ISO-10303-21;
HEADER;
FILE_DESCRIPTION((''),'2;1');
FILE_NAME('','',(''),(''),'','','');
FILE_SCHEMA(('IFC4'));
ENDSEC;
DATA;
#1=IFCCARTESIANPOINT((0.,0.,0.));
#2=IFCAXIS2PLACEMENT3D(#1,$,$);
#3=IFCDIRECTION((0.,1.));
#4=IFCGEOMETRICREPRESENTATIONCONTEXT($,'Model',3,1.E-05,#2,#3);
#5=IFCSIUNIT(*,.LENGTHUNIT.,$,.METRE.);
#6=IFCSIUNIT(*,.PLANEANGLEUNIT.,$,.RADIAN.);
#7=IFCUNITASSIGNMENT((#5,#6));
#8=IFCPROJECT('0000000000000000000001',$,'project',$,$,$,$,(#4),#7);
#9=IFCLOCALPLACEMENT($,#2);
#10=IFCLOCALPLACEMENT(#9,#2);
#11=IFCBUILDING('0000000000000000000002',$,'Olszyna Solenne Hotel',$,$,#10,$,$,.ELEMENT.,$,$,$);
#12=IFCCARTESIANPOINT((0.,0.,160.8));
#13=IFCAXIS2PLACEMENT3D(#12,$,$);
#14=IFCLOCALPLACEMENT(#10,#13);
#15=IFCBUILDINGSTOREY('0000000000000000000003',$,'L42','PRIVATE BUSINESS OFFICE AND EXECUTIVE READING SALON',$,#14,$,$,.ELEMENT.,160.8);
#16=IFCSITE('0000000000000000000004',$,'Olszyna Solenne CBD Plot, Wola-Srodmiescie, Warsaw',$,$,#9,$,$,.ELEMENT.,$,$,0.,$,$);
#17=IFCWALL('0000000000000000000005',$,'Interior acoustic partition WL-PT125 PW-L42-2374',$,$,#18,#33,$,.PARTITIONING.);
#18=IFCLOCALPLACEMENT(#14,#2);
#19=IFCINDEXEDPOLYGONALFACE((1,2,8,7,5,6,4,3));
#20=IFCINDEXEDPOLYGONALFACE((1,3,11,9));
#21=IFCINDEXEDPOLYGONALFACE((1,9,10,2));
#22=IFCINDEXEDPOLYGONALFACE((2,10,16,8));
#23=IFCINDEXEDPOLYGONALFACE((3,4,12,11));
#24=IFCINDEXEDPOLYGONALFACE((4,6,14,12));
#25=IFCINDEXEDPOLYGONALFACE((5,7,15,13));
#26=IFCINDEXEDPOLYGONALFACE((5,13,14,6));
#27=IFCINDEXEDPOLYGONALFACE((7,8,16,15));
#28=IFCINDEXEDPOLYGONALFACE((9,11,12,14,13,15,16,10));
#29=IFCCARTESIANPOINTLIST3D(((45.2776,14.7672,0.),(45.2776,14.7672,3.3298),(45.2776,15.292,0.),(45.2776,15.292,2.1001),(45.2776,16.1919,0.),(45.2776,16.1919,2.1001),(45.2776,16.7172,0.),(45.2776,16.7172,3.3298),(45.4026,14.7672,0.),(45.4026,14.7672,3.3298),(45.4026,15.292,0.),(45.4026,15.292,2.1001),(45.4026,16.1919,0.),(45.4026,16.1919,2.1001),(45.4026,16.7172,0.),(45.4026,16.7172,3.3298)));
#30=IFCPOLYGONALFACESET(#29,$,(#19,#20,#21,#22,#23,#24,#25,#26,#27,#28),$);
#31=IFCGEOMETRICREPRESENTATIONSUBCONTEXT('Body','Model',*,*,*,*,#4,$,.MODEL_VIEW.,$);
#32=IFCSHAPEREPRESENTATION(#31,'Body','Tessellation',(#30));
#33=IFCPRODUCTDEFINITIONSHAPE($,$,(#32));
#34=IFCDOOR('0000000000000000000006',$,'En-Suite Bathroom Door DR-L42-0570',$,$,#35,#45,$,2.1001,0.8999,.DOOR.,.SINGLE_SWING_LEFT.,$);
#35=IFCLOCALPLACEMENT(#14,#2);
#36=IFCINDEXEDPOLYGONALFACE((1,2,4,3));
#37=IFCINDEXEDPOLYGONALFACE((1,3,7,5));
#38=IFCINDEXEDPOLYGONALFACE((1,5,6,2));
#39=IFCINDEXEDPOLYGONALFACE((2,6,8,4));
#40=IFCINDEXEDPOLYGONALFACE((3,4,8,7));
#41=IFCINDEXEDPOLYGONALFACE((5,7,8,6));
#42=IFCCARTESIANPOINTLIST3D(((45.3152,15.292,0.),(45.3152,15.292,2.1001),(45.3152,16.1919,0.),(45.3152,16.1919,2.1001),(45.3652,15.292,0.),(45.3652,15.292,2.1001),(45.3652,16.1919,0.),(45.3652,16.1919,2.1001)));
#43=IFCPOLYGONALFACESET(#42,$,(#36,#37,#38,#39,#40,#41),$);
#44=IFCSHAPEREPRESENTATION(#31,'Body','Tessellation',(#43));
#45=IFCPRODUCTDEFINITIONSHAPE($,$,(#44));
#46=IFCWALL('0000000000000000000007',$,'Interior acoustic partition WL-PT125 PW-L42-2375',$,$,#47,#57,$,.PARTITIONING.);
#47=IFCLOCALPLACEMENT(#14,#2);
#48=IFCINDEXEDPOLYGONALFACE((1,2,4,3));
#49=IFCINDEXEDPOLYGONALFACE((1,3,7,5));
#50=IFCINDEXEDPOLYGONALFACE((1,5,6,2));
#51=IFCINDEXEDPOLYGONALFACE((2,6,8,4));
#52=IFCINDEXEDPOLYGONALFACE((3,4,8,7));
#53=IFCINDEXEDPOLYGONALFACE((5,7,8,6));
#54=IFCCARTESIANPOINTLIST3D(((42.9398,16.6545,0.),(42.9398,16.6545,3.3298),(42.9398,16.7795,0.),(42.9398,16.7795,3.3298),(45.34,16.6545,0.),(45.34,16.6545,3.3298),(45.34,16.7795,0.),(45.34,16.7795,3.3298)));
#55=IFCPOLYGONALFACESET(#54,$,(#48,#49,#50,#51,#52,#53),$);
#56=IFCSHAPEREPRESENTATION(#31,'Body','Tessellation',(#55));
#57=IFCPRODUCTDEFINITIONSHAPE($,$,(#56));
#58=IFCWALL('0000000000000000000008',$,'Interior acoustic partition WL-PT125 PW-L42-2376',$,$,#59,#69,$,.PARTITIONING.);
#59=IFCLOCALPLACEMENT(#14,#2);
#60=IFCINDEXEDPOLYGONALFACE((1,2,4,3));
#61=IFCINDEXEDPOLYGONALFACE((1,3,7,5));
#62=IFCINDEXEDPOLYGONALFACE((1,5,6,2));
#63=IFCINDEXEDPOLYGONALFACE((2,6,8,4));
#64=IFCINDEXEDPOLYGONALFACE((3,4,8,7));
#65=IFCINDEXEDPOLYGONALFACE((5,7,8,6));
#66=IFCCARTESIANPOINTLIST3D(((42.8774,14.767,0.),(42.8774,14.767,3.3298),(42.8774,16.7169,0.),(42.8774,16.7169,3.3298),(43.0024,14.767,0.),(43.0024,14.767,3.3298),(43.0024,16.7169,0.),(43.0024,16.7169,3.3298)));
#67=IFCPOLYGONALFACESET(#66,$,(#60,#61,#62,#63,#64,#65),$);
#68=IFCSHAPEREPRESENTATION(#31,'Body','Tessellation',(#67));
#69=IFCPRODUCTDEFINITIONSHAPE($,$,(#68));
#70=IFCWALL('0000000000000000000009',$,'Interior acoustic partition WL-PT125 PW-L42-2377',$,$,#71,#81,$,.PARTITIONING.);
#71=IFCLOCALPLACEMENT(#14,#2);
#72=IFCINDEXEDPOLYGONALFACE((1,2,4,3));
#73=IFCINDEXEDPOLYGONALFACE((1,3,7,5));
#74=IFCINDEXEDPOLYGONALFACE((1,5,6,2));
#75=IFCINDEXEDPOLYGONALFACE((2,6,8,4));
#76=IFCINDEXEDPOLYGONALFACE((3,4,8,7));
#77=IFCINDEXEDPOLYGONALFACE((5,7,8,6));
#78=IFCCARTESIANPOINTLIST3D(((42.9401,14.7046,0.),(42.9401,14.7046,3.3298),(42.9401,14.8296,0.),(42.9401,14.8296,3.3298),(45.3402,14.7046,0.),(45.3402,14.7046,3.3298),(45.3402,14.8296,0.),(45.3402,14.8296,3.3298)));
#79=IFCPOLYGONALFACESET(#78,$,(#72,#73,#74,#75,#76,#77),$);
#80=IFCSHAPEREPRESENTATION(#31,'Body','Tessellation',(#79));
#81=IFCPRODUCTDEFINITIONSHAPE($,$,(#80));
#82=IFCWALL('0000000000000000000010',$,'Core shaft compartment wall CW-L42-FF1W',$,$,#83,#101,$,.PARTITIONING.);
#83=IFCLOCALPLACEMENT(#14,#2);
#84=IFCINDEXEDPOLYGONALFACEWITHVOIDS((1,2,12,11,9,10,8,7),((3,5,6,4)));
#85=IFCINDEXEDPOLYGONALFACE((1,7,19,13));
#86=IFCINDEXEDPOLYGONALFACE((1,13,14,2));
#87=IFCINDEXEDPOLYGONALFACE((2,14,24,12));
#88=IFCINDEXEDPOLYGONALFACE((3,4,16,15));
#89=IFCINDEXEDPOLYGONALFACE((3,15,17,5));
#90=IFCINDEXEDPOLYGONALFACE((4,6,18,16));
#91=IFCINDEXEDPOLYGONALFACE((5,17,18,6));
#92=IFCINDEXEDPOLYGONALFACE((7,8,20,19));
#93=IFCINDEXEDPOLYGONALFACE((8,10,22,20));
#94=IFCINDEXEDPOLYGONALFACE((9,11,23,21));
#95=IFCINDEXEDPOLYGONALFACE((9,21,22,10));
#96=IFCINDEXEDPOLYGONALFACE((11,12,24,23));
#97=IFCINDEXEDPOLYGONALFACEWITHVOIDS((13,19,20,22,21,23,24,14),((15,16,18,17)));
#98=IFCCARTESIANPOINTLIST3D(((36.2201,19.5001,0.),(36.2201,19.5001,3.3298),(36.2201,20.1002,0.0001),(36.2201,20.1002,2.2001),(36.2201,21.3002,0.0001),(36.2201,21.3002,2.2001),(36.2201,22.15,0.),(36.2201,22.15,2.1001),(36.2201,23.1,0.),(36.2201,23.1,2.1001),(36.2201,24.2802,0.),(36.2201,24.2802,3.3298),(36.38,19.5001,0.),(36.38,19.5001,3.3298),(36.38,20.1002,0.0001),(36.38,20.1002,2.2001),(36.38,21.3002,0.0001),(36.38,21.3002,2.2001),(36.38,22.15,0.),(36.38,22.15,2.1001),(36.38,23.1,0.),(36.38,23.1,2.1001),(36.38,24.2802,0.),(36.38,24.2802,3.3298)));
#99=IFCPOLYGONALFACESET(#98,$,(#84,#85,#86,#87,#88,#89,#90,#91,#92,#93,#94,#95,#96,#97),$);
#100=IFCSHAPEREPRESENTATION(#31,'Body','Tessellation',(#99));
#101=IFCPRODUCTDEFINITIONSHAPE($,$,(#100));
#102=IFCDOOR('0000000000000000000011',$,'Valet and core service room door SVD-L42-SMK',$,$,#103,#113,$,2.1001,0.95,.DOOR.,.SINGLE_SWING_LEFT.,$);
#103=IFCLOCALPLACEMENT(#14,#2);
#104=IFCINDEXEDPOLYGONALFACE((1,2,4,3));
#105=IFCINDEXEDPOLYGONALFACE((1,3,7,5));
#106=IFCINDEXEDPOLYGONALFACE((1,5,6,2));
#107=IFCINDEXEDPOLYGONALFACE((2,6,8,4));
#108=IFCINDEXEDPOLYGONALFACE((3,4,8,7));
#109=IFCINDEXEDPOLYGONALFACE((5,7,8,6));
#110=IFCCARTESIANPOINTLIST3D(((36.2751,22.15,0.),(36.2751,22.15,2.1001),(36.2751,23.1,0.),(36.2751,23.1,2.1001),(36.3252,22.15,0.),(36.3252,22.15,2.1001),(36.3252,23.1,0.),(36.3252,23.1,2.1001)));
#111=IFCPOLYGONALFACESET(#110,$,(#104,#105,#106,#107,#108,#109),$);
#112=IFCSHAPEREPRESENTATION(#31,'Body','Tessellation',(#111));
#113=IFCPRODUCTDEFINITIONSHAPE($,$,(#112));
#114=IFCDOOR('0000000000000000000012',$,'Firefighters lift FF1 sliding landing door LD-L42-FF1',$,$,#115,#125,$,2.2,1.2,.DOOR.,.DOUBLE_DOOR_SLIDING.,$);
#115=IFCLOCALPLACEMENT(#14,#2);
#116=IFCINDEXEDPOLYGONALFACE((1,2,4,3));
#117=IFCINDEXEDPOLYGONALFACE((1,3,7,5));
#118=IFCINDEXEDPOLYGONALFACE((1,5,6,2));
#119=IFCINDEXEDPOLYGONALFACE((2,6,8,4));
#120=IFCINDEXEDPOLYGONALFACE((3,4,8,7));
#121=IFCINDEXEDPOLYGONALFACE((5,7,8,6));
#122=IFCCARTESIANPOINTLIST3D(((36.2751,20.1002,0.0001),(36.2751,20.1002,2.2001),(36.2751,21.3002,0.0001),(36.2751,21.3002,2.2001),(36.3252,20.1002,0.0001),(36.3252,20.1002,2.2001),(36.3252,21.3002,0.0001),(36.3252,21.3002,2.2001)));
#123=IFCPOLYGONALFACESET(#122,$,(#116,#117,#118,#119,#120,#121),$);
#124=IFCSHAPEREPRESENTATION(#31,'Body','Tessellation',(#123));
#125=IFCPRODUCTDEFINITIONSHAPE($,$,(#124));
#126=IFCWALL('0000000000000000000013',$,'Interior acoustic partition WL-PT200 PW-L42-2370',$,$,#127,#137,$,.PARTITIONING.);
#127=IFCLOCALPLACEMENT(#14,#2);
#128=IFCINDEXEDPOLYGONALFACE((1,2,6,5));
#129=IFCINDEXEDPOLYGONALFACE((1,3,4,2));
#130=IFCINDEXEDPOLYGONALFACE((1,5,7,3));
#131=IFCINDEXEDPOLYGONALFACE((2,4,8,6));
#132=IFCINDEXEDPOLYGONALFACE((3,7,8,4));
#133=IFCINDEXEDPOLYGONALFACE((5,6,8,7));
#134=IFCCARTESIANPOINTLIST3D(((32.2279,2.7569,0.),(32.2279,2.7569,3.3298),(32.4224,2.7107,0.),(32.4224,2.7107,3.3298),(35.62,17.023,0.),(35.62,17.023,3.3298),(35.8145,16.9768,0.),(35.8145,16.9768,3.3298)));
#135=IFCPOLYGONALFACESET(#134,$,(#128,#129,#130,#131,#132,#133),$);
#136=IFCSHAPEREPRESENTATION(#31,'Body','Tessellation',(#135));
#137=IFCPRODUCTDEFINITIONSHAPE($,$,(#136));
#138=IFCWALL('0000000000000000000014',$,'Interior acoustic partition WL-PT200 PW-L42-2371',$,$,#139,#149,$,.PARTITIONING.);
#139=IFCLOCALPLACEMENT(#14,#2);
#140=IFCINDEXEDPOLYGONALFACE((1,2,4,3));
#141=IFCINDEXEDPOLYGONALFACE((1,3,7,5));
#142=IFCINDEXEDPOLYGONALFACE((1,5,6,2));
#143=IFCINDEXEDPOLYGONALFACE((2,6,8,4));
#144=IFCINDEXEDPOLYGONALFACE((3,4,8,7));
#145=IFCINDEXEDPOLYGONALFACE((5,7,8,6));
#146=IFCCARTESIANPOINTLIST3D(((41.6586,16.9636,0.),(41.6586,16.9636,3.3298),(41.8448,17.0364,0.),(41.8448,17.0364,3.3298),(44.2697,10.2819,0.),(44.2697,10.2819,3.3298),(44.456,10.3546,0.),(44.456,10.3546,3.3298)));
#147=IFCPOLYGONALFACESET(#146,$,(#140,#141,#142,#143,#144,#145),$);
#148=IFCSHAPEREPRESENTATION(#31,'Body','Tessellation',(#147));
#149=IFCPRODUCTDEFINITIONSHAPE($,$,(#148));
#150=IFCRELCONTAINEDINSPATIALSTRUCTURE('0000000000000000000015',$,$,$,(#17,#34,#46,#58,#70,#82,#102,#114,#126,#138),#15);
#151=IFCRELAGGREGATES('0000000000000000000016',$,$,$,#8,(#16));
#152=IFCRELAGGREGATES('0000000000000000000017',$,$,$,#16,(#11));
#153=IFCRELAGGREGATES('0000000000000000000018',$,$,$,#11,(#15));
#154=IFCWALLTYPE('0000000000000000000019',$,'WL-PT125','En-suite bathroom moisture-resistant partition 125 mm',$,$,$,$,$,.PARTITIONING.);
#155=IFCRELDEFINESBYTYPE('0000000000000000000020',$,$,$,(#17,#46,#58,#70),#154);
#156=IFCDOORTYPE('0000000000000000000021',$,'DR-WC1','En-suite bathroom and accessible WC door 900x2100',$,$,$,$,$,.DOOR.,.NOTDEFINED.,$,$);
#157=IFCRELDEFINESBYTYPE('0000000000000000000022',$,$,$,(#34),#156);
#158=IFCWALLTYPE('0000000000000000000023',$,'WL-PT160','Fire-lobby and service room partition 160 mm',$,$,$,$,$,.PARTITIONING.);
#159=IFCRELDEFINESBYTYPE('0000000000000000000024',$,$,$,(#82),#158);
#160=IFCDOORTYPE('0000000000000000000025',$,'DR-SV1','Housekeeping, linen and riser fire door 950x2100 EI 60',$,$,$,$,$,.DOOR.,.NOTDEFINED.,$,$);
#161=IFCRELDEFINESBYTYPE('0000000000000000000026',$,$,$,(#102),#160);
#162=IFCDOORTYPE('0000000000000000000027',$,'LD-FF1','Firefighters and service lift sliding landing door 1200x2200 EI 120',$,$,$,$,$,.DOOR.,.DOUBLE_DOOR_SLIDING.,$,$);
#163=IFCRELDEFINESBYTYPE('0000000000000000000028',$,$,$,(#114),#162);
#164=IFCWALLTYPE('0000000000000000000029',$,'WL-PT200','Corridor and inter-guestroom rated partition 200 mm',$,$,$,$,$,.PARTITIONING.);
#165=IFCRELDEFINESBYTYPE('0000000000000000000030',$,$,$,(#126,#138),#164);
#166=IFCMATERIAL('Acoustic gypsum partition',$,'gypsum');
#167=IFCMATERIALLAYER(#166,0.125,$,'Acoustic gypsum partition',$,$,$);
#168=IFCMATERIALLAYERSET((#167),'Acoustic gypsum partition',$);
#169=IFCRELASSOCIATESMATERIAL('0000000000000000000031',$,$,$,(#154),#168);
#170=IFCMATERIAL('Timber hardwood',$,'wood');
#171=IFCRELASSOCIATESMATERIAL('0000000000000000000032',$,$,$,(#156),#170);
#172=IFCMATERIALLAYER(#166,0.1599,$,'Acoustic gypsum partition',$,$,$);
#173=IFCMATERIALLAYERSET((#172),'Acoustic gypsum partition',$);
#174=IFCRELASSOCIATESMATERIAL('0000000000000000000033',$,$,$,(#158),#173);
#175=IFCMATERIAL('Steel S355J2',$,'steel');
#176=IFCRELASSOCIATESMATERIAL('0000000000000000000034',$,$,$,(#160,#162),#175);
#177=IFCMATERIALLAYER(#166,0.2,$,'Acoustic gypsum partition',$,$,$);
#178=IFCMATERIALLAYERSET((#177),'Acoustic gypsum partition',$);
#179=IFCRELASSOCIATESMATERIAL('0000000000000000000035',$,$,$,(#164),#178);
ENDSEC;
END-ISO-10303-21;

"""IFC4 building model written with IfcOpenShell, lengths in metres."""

from ifc_helpers import new_model, si_unit, direction, frame, frame_2d, origin, place, context, subcontext, project, spatial, rectangle, extrude, source, transform, mapped, material, layer, layer_set, type_object, type_shapes, element, fill, save


model = new_model("IFC4")

# Units and contexts
model_context = context("Model", 3, precision=1e-05, world=origin(), true_north=direction((0.0, 1.0)))
body_context = subcontext(model_context, "Body", "Model", "MODEL_VIEW")
ifc_project = project(units=[si_unit("LENGTHUNIT", "METRE"), si_unit("PLANEANGLEUNIT", "RADIAN")], contexts=[model_context])

# Site, building, storey
site_placement = place(None, origin())
site = spatial("IfcSite", under=ifc_project, at=site_placement, Name="Olszyna Solenne CBD Plot, Wola-Srodmiescie, Warsaw", CompositionType="ELEMENT", RefElevation=0.0)
building_placement = place(site_placement, origin())
building = spatial("IfcBuilding", under=site, at=building_placement, Name="Olszyna Solenne Hotel", CompositionType="ELEMENT")
storey_placement = place(building_placement, frame((0.0, 0.0, 160.8)))
storey = spatial("IfcBuildingStorey", under=building, at=storey_placement, Name="L42", Description="PRIVATE BUSINESS OFFICE AND EXECUTIVE READING SALON", CompositionType="ELEMENT", Elevation=160.8)

# Shared definitions
ifc_material_1 = material(Name="Steel S355J2", Category="steel")

# Shared definitions
ifc_material_2 = material(Name="Acoustic gypsum partition", Category="gypsum")
ifc_layer_1 = layer(ifc_material_2, 0.125, Name="Acoustic gypsum partition")
ifc_layer_set_1 = layer_set([ifc_layer_1], Name="Acoustic gypsum partition")
wall_type_1 = type_object("IfcWallType", Name="WL-PT125", Description="En-suite bathroom moisture-resistant partition 125 mm", PredefinedType="PARTITIONING", material=ifc_layer_set_1)

# Wall, opening, door
wall_1_placement = place(storey_placement, frame((45.3401, 14.7671, 0.0), z_axis=(0.0, 0.0, 1.0), x_axis=(0.0, 1.0, 0.0)))
wall_1 = element("IfcWall", 1, at=wall_1_placement, inside=storey, type_object=wall_type_1, Name="Interior acoustic partition WL-PT125 PW-L42-2374", PredefinedType="PARTITIONING", context=body_context, shape_type="SweptSolid", body=[
    extrude(rectangle(XDim=1.95, YDim=0.125, at=frame_2d((0.9751, 0.0))), origin(), (0.0, 0.0, 1.0), 3.3298),
])
opening_1_placement = place(wall_1_placement, frame((0.5249, 0.0, 0.0)))
opening_1 = element("IfcOpeningElement", 2, at=opening_1_placement, cuts=wall_1, PredefinedType="OPENING", context=body_context, shape_type="SweptSolid", body=[
    extrude(rectangle(XDim=0.8999, YDim=2.1001, at=frame_2d((0.45, 1.05))), frame((0.0, 0.0725, 0.0), z_axis=(0.0, -1.0, 0.0), x_axis=(1.0, 0.0, 0.0)), (0.0, 0.0, 1.0), 0.145),
])
ifc_material_3 = material(Name="Timber hardwood", Category="wood")
door_type_1 = type_object("IfcDoorType", Name="DR-WC1", Description="En-suite bathroom and accessible WC door 900x2100", OperationType="NOTDEFINED", PredefinedType="DOOR", material=ifc_material_3)
shared_shape_1 = source(origin(), body_context, "Body", "SweptSolid", [
    extrude(rectangle(XDim=0.8999, YDim=2.1001, at=frame_2d((0.45, 1.05))), frame((0.0, 0.0249, 0.0), z_axis=(0.0, -1.0, 0.0), x_axis=(1.0, 0.0, 0.0)), (0.0, 0.0, 1.0), 0.05),
])
type_shapes(door_type_1, [shared_shape_1])
door_1_placement = place(opening_1_placement, origin())
door_1 = element("IfcDoor", 3, at=door_1_placement, inside=storey, type_object=door_type_1, Name="En-Suite Bathroom Door DR-L42-0570", OperationType="SINGLE_SWING_LEFT", OverallHeight=2.1001, OverallWidth=0.8999, PredefinedType="DOOR", context=body_context, shape_type="MappedRepresentation", body=[
    mapped(shared_shape_1, transform((0.0, 0.0, 0.0), x_axis=(1.0, 0.0, 0.0), y_axis=(0.0, 1.0, 0.0), z_axis=(0.0, 0.0, 1.0), scale=1.0)),
])
fill(opening_1, door_1)

# Walls
wall_2_placement = place(storey_placement, frame((45.3401, 16.717, 0.0), z_axis=(0.0, 0.0, 1.0), x_axis=(-1.0, 0.0, 0.0)))
element("IfcWall", 4, at=wall_2_placement, inside=storey, type_object=wall_type_1, Name="Interior acoustic partition WL-PT125 PW-L42-2375", PredefinedType="PARTITIONING", context=body_context, shape_type="SweptSolid", body=[
    extrude(rectangle(XDim=2.4001, YDim=0.125, at=frame_2d((1.2002, 0.0))), origin(), (0.0, 0.0, 1.0), 3.3298),
])
wall_3_placement = place(storey_placement, frame((42.9399, 16.717, 0.0), z_axis=(0.0, 0.0, 1.0), x_axis=(0.0, -1.0, 0.0)))
element("IfcWall", 5, at=wall_3_placement, inside=storey, type_object=wall_type_1, Name="Interior acoustic partition WL-PT125 PW-L42-2376", PredefinedType="PARTITIONING", context=body_context, shape_type="SweptSolid", body=[
    extrude(rectangle(XDim=1.95, YDim=0.125, at=frame_2d((0.9751, 0.0))), origin(), (0.0, 0.0, 1.0), 3.3298),
])
wall_4_placement = place(storey_placement, frame((42.9399, 14.7671, 0.0), z_axis=(0.0, 0.0, 1.0), x_axis=(1.0, 0.0, 0.0)))
element("IfcWall", 6, at=wall_4_placement, inside=storey, type_object=wall_type_1, Name="Interior acoustic partition WL-PT125 PW-L42-2377", PredefinedType="PARTITIONING", context=body_context, shape_type="SweptSolid", body=[
    extrude(rectangle(XDim=2.4001, YDim=0.125, at=frame_2d((1.2002, 0.0))), origin(), (0.0, 0.0, 1.0), 3.3298),
])

# Wall, openings, doors
ifc_layer_2 = layer(ifc_material_2, 0.1599, Name="Acoustic gypsum partition")
ifc_layer_set_2 = layer_set([ifc_layer_2], Name="Acoustic gypsum partition")
wall_type_2 = type_object("IfcWallType", Name="WL-PT160", Description="Fire-lobby and service room partition 160 mm", PredefinedType="PARTITIONING", material=ifc_layer_set_2)
wall_5_placement = place(storey_placement, frame((36.3, 19.5, 0.0), z_axis=(0.0, 0.0, 1.0), x_axis=(0.0, 1.0, 0.0)))
wall_5 = element("IfcWall", 7, at=wall_5_placement, inside=storey, type_object=wall_type_2, Name="Core shaft compartment wall CW-L42-FF1W", PredefinedType="PARTITIONING", context=body_context, shape_type="SweptSolid", body=[
    extrude(rectangle(XDim=4.78, YDim=0.1599, at=frame_2d((2.3901, 0.0))), origin(), (0.0, 0.0, 1.0), 3.3298),
])
opening_2_placement = place(wall_5_placement, frame((0.6001, 0.0, 0.0)))
opening_2 = element("IfcOpeningElement", 8, at=opening_2_placement, cuts=wall_5, PredefinedType="OPENING", context=body_context, shape_type="SweptSolid", body=[
    extrude(rectangle(XDim=1.2, YDim=2.2, at=frame_2d((0.6001, 1.1001))), frame((0.0, 0.0898, 0.0), z_axis=(0.0, -1.0, 0.0), x_axis=(1.0, 0.0, 0.0)), (0.0, 0.0, 1.0), 0.1799),
])
opening_3_placement = place(wall_5_placement, frame((2.6499, 0.0, 0.0)))
opening_3 = element("IfcOpeningElement", 9, at=opening_3_placement, cuts=wall_5, PredefinedType="OPENING", context=body_context, shape_type="SweptSolid", body=[
    extrude(rectangle(XDim=0.95, YDim=2.1001, at=frame_2d((0.4751, 1.05))), frame((0.0, 0.0898, 0.0), z_axis=(0.0, -1.0, 0.0), x_axis=(1.0, 0.0, 0.0)), (0.0, 0.0, 1.0), 0.1799),
])
door_type_2 = type_object("IfcDoorType", Name="DR-SV1", Description="Housekeeping, linen and riser fire door 950x2100 EI 60", OperationType="NOTDEFINED", PredefinedType="DOOR", material=ifc_material_1)
shared_shape_2 = source(origin(), body_context, "Body", "SweptSolid", [
    extrude(rectangle(XDim=0.95, YDim=2.1001, at=frame_2d((0.4751, 1.05))), frame((0.0, 0.0249, 0.0), z_axis=(0.0, -1.0, 0.0), x_axis=(1.0, 0.0, 0.0)), (0.0, 0.0, 1.0), 0.05),
])
type_shapes(door_type_2, [shared_shape_2])
door_2_placement = place(opening_3_placement, origin())
door_2 = element("IfcDoor", 10, at=door_2_placement, inside=storey, type_object=door_type_2, Name="Valet and core service room door SVD-L42-SMK", OperationType="SINGLE_SWING_LEFT", OverallHeight=2.1001, OverallWidth=0.95, PredefinedType="DOOR", context=body_context, shape_type="MappedRepresentation", body=[
    mapped(shared_shape_2, transform((0.0, 0.0, 0.0), x_axis=(1.0, 0.0, 0.0), y_axis=(0.0, 1.0, 0.0), z_axis=(0.0, 0.0, 1.0), scale=1.0)),
])
fill(opening_3, door_2)
door_type_3 = type_object("IfcDoorType", Name="LD-FF1", Description="Firefighters and service lift sliding landing door 1200x2200 EI 120", OperationType="DOUBLE_DOOR_SLIDING", PredefinedType="DOOR", material=ifc_material_1)
shared_shape_3 = source(origin(), body_context, "Body", "SweptSolid", [
    extrude(rectangle(XDim=1.2, YDim=2.2, at=frame_2d((0.6001, 1.1001))), frame((0.0, 0.0249, 0.0), z_axis=(0.0, -1.0, 0.0), x_axis=(1.0, 0.0, 0.0)), (0.0, 0.0, 1.0), 0.05),
])
type_shapes(door_type_3, [shared_shape_3])
door_3_placement = place(opening_2_placement, origin())
door_3 = element("IfcDoor", 11, at=door_3_placement, inside=storey, type_object=door_type_3, Name="Firefighters lift FF1 sliding landing door LD-L42-FF1", OperationType="DOUBLE_DOOR_SLIDING", OverallHeight=2.2, OverallWidth=1.2, PredefinedType="DOOR", context=body_context, shape_type="MappedRepresentation", body=[
    mapped(shared_shape_3, transform((0.0, 0.0, 0.0), x_axis=(1.0, 0.0, 0.0), y_axis=(0.0, 1.0, 0.0), z_axis=(0.0, 0.0, 1.0), scale=1.0)),
])
fill(opening_2, door_3)

# Walls
ifc_layer_3 = layer(ifc_material_2, 0.2, Name="Acoustic gypsum partition")
ifc_layer_set_3 = layer_set([ifc_layer_3], Name="Acoustic gypsum partition")
wall_type_3 = type_object("IfcWallType", Name="WL-PT200", Description="Corridor and inter-guestroom rated partition 200 mm", PredefinedType="PARTITIONING", material=ifc_layer_set_3)
wall_6_placement = place(storey_placement, frame((35.7173, 17.0, 0.0), z_axis=(0.0, 0.0, 1.0), x_axis=(-0.231323, -0.972877, 0.0)))
element("IfcWall", 12, at=wall_6_placement, inside=storey, type_object=wall_type_3, Name="Interior acoustic partition WL-PT200 PW-L42-2370", PredefinedType="PARTITIONING", context=body_context, shape_type="SweptSolid", body=[
    extrude(rectangle(XDim=14.6638, YDim=0.2, at=frame_2d((7.332, 0.0))), origin(), (0.0, 0.0, 1.0), 3.3298),
])
wall_7_placement = place(storey_placement, frame((41.7517, 17.0, 0.0), z_axis=(0.0, 0.0, 1.0), x_axis=(0.36398, -0.931407, 0.0)))
element("IfcWall", 13, at=wall_7_placement, inside=storey, type_object=wall_type_3, Name="Interior acoustic partition WL-PT200 PW-L42-2371", PredefinedType="PARTITIONING", context=body_context, shape_type="SweptSolid", body=[
    extrude(rectangle(XDim=7.1738, YDim=0.2, at=frame_2d((3.5869, 0.0))), origin(), (0.0, 0.0, 1.0), 3.3298),
])

save(model, "model.ifc")
